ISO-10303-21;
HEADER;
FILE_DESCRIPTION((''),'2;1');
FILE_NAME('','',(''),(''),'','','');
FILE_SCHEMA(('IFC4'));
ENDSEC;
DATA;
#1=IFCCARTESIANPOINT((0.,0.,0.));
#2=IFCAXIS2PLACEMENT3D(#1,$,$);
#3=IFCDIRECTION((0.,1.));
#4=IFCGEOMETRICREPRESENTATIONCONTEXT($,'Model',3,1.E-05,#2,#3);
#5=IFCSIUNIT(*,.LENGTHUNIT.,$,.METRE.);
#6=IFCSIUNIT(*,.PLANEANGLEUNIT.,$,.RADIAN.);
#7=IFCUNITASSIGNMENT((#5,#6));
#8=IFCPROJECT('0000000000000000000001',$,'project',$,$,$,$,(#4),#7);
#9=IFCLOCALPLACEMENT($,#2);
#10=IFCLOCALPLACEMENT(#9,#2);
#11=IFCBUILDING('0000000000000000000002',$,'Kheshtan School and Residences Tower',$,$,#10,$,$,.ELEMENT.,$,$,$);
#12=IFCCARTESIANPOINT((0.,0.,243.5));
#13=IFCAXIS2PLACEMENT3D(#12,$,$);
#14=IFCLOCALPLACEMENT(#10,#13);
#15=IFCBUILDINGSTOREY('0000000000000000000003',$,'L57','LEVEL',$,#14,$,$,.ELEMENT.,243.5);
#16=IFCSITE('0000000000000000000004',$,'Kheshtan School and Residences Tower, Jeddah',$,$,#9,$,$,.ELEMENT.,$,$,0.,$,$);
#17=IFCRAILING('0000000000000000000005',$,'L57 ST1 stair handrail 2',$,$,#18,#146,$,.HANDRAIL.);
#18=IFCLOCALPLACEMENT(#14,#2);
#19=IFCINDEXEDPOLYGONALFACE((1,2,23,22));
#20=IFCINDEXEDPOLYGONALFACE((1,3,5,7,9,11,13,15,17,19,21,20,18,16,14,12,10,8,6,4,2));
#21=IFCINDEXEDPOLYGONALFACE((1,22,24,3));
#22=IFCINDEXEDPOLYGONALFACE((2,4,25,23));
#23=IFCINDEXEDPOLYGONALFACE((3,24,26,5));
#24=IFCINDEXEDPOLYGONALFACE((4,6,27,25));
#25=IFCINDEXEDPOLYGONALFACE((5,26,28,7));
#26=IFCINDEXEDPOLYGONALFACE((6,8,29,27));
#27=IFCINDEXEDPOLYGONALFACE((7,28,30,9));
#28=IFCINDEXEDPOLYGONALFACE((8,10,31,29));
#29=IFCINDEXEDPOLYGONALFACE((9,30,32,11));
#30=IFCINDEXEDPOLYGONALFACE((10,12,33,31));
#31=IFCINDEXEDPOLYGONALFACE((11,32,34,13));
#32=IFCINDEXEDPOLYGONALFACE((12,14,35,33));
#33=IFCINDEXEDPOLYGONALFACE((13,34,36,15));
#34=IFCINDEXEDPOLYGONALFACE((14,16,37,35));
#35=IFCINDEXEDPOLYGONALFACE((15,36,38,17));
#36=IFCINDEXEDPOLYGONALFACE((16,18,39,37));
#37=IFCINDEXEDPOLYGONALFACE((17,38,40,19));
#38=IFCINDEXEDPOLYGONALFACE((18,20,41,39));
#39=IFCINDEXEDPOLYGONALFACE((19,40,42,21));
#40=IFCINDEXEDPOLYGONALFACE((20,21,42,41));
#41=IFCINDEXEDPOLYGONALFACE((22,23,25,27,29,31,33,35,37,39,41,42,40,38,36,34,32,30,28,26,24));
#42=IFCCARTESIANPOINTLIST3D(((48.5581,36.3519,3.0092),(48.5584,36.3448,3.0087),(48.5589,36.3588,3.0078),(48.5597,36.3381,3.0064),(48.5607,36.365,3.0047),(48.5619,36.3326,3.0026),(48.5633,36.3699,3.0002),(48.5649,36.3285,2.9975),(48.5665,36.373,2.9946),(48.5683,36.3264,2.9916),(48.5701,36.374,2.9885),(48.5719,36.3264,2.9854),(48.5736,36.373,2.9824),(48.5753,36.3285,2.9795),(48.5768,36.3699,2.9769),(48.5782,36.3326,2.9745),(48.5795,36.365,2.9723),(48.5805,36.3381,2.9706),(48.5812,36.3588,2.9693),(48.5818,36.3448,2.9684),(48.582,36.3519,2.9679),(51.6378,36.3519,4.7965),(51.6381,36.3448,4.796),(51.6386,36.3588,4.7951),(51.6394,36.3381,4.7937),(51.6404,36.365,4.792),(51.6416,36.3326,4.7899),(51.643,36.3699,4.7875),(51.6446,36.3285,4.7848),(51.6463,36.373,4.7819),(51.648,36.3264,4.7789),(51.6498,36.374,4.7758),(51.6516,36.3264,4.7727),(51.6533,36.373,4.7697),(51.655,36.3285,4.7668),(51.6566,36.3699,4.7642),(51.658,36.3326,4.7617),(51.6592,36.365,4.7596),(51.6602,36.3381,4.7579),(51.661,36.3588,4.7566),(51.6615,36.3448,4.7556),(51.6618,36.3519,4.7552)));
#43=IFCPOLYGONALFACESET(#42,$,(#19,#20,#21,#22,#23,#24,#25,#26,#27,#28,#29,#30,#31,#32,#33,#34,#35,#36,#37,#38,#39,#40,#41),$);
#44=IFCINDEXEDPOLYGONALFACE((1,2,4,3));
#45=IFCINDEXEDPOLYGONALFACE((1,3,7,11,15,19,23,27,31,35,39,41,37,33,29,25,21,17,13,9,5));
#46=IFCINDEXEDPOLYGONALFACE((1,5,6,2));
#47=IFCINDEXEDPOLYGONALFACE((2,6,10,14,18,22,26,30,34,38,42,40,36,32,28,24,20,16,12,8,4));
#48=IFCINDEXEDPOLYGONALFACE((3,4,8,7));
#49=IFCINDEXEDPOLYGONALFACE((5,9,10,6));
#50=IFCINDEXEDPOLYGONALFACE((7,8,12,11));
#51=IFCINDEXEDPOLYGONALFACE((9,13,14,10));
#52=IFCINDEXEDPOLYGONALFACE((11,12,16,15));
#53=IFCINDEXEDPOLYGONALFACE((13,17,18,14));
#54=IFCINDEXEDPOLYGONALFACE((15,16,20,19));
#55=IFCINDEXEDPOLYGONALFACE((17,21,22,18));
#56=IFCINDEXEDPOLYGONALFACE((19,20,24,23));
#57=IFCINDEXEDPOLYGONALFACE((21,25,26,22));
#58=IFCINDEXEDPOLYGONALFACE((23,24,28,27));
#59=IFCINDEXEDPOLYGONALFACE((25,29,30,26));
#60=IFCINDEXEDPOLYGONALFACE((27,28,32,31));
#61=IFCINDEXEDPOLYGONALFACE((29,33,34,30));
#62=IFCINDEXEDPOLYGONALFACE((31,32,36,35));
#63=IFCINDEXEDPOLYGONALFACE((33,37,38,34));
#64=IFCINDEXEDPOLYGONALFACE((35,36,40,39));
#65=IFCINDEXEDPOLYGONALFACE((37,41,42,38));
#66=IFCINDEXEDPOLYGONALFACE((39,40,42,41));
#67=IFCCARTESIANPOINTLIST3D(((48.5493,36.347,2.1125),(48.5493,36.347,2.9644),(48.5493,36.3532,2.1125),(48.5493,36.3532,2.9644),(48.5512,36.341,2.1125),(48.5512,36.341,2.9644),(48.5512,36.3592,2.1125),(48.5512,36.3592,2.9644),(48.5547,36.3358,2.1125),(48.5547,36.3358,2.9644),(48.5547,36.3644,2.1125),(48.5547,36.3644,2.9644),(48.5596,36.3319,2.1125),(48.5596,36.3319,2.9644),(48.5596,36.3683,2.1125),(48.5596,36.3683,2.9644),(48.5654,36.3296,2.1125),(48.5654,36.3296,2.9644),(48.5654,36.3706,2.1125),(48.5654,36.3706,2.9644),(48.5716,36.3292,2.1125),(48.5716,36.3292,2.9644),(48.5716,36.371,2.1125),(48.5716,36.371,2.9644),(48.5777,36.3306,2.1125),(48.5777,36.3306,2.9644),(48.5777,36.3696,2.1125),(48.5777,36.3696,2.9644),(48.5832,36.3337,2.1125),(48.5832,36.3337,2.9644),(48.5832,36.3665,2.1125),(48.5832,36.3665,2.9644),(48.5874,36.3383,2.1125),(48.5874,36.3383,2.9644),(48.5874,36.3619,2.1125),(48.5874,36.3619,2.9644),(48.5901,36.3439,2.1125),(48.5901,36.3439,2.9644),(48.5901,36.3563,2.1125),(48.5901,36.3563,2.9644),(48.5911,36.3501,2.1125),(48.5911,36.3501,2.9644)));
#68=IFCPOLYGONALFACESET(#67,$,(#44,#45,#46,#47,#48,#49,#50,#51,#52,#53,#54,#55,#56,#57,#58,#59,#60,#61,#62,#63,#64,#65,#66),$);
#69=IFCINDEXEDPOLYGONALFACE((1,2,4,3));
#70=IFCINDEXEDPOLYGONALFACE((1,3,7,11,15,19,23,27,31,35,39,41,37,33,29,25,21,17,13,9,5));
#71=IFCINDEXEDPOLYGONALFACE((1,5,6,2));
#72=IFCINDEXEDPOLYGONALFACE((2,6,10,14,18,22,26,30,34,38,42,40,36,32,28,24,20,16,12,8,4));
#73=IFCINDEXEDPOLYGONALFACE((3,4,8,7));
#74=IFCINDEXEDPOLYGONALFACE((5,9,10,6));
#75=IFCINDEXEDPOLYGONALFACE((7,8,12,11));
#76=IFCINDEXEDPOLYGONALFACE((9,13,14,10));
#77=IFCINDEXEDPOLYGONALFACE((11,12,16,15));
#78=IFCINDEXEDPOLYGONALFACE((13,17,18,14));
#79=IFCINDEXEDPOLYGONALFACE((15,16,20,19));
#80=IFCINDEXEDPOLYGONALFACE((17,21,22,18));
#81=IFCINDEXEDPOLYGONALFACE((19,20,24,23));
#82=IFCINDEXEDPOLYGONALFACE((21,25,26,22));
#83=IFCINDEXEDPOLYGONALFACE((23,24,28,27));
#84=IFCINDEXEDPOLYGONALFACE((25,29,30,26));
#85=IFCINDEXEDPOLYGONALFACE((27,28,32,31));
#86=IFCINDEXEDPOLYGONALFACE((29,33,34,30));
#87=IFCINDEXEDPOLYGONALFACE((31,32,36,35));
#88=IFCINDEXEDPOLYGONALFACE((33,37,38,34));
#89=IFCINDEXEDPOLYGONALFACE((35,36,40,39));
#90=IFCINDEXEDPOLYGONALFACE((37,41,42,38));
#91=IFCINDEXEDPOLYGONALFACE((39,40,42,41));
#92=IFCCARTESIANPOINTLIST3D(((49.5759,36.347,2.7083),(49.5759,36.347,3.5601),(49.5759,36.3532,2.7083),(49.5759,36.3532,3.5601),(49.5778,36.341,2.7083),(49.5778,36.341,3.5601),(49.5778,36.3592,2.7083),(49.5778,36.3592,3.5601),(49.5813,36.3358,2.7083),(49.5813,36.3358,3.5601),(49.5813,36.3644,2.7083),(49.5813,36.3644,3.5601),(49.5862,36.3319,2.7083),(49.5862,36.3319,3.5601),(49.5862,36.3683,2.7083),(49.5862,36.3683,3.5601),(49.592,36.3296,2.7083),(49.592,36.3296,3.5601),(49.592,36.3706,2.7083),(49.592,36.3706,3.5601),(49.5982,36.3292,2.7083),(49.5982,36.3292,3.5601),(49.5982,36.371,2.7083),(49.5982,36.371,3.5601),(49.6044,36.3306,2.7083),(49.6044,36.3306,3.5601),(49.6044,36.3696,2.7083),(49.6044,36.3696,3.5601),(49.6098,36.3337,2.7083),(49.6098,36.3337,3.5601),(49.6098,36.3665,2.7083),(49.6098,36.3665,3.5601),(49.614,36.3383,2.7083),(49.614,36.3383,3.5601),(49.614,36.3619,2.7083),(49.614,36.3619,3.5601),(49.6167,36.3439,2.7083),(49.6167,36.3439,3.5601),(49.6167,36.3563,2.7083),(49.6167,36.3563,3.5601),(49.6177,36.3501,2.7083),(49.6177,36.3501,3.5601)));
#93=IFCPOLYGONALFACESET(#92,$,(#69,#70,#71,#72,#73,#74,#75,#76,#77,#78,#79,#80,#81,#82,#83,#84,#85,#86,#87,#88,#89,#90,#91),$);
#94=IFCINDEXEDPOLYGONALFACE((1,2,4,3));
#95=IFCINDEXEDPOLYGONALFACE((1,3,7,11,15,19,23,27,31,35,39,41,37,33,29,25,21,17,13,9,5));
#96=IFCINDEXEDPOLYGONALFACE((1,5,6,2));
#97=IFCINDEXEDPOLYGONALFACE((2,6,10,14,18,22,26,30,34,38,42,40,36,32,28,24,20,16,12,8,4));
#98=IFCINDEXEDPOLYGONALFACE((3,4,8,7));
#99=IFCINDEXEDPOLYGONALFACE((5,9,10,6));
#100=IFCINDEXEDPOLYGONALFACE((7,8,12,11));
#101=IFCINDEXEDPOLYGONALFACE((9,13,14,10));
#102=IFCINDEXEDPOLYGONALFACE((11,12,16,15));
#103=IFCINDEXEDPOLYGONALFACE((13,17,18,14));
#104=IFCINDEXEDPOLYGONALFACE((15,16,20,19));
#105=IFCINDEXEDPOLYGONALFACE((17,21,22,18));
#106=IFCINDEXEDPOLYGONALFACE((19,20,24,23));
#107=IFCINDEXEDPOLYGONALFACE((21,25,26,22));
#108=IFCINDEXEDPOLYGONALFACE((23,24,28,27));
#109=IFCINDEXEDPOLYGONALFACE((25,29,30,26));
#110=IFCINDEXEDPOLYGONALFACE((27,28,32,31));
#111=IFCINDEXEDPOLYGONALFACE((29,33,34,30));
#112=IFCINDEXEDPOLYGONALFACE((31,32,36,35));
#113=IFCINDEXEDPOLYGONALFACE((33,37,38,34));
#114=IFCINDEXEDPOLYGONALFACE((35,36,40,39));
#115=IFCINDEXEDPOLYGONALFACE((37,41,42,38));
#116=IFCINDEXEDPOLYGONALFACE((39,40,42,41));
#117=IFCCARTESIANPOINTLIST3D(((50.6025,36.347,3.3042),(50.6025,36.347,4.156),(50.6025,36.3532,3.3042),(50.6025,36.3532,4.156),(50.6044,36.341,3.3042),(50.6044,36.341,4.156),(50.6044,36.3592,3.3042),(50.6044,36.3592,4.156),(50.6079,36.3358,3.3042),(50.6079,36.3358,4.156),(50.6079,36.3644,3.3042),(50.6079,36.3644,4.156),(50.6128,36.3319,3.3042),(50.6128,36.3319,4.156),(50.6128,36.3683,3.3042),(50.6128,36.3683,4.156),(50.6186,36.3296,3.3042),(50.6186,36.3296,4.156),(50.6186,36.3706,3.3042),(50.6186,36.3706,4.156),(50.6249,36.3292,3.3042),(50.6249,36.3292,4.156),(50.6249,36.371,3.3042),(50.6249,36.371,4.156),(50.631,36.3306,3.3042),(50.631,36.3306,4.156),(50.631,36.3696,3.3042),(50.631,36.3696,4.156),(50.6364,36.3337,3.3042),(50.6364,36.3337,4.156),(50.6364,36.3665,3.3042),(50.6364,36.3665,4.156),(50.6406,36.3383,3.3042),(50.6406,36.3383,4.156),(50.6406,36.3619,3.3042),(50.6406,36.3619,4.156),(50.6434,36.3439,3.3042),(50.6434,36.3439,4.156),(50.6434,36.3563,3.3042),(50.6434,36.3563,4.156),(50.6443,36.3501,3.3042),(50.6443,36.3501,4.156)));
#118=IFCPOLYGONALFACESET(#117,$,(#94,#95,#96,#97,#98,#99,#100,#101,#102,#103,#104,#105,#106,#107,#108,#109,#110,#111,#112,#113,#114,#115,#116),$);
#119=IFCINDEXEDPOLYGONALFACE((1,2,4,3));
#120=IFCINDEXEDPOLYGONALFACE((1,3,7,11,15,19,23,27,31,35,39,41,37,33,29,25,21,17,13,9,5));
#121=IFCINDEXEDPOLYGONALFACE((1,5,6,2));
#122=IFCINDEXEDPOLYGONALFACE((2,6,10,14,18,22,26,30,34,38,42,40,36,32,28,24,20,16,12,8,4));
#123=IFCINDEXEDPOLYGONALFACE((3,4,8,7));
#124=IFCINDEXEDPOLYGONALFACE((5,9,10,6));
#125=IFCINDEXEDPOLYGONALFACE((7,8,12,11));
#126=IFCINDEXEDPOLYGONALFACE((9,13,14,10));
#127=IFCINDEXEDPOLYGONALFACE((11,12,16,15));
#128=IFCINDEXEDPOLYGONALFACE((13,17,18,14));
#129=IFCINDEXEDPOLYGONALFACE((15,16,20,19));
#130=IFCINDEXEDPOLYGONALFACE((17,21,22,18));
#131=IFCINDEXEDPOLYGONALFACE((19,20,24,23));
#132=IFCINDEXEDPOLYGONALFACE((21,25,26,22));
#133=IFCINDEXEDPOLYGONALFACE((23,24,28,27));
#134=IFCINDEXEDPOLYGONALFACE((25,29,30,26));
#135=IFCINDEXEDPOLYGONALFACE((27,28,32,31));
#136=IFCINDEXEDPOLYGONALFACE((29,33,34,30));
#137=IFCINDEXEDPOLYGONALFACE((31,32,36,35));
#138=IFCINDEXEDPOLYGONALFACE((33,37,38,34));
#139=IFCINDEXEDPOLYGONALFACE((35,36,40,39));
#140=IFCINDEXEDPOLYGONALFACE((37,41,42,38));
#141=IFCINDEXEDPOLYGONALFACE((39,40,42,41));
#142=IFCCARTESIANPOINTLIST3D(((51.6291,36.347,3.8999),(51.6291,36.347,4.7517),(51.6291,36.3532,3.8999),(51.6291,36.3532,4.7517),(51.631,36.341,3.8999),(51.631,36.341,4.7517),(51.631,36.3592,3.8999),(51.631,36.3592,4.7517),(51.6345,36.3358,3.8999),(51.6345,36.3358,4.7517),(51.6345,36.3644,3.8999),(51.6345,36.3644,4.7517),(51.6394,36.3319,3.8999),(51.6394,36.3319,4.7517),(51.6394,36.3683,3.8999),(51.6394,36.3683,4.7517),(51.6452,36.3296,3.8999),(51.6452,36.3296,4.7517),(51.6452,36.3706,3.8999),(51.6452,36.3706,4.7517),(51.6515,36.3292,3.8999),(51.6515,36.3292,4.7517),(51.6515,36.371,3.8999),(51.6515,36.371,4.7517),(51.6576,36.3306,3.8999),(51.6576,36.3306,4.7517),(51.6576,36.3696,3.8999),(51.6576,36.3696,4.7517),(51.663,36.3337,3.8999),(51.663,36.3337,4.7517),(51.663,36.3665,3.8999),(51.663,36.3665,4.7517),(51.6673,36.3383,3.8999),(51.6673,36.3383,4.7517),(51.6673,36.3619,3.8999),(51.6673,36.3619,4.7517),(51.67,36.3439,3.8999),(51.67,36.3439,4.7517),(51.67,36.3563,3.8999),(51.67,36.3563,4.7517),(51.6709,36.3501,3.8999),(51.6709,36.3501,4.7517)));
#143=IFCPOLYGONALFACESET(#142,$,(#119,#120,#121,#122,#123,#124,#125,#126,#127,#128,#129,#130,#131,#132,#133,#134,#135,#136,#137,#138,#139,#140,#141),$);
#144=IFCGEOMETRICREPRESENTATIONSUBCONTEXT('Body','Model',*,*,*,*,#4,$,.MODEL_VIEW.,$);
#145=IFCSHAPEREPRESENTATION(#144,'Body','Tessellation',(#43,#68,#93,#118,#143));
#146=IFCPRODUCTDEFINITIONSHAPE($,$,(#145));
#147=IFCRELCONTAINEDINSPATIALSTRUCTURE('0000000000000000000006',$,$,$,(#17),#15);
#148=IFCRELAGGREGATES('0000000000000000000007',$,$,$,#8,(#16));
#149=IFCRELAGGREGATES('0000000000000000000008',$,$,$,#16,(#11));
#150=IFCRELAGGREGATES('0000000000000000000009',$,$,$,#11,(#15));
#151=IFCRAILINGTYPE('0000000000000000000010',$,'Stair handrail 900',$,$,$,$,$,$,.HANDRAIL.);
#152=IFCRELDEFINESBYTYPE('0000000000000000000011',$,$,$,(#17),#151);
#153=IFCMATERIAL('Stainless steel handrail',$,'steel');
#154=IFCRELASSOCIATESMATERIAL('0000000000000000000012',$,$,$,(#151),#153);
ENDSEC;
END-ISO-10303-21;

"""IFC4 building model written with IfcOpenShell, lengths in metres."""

from ifc_helpers import new_model, si_unit, direction, frame, origin, origin_2d, place, context, subcontext, project, spatial, circle, extrude, material, type_object, element, save


model = new_model("IFC4")

# Units and contexts
model_context = context("Model", 3, precision=1e-05, world=origin(), true_north=direction((0.0, 1.0)))
body_context = subcontext(model_context, "Body", "Model", "MODEL_VIEW")
ifc_project = project(units=[si_unit("LENGTHUNIT", "METRE"), si_unit("PLANEANGLEUNIT", "RADIAN")], contexts=[model_context])

# Site, building, storey
site_placement = place(None, origin())
site = spatial("IfcSite", under=ifc_project, at=site_placement, Name="Kheshtan School and Residences Tower, Jeddah", CompositionType="ELEMENT", RefElevation=0.0)
building_placement = place(site_placement, origin())
building = spatial("IfcBuilding", under=site, at=building_placement, Name="Kheshtan School and Residences Tower", CompositionType="ELEMENT")
storey_placement = place(building_placement, frame((0.0, 0.0, 243.5)))
storey = spatial("IfcBuildingStorey", under=building, at=storey_placement, Name="L57", Description="LEVEL", CompositionType="ELEMENT", Elevation=243.5)

# Railing
ifc_material_1 = material(Name="Stainless steel handrail", Category="steel")
railing_type_1 = type_object("IfcRailingType", Name="Stair handrail 900", PredefinedType="HANDRAIL", material=ifc_material_1)
railing_1_placement = place(storey_placement, frame((48.5701, 36.3501, 2.1125)))
element("IfcRailing", 1, at=railing_1_placement, inside=storey, type_object=railing_type_1, Name="L57 ST1 stair handrail 2", PredefinedType="HANDRAIL", context=body_context, shape_type="SweptSolid", body=[
    extrude(circle(Radius=0.0239, at=origin_2d()), frame((0.0, 0.0, 0.876), z_axis=(0.864903, 0.0, 0.501939), x_axis=(0.0, 1.0, 0.0)), (0.0, 0.0, 1.0), 3.5608),
    extrude(circle(Radius=0.021, at=origin_2d()), origin(), (0.0, 0.0, 1.0), 0.8518),
    extrude(circle(Radius=0.021, at=origin_2d()), frame((1.0266, 0.0, 0.5957)), (0.0, 0.0, 1.0), 0.8518),
    extrude(circle(Radius=0.021, at=origin_2d()), frame((2.0532, 0.0, 1.1917)), (0.0, 0.0, 1.0), 0.8518),
    extrude(circle(Radius=0.021, at=origin_2d()), frame((3.0798, 0.0, 1.7874)), (0.0, 0.0, 1.0), 0.8518),
])

save(model, "model.ifc")
